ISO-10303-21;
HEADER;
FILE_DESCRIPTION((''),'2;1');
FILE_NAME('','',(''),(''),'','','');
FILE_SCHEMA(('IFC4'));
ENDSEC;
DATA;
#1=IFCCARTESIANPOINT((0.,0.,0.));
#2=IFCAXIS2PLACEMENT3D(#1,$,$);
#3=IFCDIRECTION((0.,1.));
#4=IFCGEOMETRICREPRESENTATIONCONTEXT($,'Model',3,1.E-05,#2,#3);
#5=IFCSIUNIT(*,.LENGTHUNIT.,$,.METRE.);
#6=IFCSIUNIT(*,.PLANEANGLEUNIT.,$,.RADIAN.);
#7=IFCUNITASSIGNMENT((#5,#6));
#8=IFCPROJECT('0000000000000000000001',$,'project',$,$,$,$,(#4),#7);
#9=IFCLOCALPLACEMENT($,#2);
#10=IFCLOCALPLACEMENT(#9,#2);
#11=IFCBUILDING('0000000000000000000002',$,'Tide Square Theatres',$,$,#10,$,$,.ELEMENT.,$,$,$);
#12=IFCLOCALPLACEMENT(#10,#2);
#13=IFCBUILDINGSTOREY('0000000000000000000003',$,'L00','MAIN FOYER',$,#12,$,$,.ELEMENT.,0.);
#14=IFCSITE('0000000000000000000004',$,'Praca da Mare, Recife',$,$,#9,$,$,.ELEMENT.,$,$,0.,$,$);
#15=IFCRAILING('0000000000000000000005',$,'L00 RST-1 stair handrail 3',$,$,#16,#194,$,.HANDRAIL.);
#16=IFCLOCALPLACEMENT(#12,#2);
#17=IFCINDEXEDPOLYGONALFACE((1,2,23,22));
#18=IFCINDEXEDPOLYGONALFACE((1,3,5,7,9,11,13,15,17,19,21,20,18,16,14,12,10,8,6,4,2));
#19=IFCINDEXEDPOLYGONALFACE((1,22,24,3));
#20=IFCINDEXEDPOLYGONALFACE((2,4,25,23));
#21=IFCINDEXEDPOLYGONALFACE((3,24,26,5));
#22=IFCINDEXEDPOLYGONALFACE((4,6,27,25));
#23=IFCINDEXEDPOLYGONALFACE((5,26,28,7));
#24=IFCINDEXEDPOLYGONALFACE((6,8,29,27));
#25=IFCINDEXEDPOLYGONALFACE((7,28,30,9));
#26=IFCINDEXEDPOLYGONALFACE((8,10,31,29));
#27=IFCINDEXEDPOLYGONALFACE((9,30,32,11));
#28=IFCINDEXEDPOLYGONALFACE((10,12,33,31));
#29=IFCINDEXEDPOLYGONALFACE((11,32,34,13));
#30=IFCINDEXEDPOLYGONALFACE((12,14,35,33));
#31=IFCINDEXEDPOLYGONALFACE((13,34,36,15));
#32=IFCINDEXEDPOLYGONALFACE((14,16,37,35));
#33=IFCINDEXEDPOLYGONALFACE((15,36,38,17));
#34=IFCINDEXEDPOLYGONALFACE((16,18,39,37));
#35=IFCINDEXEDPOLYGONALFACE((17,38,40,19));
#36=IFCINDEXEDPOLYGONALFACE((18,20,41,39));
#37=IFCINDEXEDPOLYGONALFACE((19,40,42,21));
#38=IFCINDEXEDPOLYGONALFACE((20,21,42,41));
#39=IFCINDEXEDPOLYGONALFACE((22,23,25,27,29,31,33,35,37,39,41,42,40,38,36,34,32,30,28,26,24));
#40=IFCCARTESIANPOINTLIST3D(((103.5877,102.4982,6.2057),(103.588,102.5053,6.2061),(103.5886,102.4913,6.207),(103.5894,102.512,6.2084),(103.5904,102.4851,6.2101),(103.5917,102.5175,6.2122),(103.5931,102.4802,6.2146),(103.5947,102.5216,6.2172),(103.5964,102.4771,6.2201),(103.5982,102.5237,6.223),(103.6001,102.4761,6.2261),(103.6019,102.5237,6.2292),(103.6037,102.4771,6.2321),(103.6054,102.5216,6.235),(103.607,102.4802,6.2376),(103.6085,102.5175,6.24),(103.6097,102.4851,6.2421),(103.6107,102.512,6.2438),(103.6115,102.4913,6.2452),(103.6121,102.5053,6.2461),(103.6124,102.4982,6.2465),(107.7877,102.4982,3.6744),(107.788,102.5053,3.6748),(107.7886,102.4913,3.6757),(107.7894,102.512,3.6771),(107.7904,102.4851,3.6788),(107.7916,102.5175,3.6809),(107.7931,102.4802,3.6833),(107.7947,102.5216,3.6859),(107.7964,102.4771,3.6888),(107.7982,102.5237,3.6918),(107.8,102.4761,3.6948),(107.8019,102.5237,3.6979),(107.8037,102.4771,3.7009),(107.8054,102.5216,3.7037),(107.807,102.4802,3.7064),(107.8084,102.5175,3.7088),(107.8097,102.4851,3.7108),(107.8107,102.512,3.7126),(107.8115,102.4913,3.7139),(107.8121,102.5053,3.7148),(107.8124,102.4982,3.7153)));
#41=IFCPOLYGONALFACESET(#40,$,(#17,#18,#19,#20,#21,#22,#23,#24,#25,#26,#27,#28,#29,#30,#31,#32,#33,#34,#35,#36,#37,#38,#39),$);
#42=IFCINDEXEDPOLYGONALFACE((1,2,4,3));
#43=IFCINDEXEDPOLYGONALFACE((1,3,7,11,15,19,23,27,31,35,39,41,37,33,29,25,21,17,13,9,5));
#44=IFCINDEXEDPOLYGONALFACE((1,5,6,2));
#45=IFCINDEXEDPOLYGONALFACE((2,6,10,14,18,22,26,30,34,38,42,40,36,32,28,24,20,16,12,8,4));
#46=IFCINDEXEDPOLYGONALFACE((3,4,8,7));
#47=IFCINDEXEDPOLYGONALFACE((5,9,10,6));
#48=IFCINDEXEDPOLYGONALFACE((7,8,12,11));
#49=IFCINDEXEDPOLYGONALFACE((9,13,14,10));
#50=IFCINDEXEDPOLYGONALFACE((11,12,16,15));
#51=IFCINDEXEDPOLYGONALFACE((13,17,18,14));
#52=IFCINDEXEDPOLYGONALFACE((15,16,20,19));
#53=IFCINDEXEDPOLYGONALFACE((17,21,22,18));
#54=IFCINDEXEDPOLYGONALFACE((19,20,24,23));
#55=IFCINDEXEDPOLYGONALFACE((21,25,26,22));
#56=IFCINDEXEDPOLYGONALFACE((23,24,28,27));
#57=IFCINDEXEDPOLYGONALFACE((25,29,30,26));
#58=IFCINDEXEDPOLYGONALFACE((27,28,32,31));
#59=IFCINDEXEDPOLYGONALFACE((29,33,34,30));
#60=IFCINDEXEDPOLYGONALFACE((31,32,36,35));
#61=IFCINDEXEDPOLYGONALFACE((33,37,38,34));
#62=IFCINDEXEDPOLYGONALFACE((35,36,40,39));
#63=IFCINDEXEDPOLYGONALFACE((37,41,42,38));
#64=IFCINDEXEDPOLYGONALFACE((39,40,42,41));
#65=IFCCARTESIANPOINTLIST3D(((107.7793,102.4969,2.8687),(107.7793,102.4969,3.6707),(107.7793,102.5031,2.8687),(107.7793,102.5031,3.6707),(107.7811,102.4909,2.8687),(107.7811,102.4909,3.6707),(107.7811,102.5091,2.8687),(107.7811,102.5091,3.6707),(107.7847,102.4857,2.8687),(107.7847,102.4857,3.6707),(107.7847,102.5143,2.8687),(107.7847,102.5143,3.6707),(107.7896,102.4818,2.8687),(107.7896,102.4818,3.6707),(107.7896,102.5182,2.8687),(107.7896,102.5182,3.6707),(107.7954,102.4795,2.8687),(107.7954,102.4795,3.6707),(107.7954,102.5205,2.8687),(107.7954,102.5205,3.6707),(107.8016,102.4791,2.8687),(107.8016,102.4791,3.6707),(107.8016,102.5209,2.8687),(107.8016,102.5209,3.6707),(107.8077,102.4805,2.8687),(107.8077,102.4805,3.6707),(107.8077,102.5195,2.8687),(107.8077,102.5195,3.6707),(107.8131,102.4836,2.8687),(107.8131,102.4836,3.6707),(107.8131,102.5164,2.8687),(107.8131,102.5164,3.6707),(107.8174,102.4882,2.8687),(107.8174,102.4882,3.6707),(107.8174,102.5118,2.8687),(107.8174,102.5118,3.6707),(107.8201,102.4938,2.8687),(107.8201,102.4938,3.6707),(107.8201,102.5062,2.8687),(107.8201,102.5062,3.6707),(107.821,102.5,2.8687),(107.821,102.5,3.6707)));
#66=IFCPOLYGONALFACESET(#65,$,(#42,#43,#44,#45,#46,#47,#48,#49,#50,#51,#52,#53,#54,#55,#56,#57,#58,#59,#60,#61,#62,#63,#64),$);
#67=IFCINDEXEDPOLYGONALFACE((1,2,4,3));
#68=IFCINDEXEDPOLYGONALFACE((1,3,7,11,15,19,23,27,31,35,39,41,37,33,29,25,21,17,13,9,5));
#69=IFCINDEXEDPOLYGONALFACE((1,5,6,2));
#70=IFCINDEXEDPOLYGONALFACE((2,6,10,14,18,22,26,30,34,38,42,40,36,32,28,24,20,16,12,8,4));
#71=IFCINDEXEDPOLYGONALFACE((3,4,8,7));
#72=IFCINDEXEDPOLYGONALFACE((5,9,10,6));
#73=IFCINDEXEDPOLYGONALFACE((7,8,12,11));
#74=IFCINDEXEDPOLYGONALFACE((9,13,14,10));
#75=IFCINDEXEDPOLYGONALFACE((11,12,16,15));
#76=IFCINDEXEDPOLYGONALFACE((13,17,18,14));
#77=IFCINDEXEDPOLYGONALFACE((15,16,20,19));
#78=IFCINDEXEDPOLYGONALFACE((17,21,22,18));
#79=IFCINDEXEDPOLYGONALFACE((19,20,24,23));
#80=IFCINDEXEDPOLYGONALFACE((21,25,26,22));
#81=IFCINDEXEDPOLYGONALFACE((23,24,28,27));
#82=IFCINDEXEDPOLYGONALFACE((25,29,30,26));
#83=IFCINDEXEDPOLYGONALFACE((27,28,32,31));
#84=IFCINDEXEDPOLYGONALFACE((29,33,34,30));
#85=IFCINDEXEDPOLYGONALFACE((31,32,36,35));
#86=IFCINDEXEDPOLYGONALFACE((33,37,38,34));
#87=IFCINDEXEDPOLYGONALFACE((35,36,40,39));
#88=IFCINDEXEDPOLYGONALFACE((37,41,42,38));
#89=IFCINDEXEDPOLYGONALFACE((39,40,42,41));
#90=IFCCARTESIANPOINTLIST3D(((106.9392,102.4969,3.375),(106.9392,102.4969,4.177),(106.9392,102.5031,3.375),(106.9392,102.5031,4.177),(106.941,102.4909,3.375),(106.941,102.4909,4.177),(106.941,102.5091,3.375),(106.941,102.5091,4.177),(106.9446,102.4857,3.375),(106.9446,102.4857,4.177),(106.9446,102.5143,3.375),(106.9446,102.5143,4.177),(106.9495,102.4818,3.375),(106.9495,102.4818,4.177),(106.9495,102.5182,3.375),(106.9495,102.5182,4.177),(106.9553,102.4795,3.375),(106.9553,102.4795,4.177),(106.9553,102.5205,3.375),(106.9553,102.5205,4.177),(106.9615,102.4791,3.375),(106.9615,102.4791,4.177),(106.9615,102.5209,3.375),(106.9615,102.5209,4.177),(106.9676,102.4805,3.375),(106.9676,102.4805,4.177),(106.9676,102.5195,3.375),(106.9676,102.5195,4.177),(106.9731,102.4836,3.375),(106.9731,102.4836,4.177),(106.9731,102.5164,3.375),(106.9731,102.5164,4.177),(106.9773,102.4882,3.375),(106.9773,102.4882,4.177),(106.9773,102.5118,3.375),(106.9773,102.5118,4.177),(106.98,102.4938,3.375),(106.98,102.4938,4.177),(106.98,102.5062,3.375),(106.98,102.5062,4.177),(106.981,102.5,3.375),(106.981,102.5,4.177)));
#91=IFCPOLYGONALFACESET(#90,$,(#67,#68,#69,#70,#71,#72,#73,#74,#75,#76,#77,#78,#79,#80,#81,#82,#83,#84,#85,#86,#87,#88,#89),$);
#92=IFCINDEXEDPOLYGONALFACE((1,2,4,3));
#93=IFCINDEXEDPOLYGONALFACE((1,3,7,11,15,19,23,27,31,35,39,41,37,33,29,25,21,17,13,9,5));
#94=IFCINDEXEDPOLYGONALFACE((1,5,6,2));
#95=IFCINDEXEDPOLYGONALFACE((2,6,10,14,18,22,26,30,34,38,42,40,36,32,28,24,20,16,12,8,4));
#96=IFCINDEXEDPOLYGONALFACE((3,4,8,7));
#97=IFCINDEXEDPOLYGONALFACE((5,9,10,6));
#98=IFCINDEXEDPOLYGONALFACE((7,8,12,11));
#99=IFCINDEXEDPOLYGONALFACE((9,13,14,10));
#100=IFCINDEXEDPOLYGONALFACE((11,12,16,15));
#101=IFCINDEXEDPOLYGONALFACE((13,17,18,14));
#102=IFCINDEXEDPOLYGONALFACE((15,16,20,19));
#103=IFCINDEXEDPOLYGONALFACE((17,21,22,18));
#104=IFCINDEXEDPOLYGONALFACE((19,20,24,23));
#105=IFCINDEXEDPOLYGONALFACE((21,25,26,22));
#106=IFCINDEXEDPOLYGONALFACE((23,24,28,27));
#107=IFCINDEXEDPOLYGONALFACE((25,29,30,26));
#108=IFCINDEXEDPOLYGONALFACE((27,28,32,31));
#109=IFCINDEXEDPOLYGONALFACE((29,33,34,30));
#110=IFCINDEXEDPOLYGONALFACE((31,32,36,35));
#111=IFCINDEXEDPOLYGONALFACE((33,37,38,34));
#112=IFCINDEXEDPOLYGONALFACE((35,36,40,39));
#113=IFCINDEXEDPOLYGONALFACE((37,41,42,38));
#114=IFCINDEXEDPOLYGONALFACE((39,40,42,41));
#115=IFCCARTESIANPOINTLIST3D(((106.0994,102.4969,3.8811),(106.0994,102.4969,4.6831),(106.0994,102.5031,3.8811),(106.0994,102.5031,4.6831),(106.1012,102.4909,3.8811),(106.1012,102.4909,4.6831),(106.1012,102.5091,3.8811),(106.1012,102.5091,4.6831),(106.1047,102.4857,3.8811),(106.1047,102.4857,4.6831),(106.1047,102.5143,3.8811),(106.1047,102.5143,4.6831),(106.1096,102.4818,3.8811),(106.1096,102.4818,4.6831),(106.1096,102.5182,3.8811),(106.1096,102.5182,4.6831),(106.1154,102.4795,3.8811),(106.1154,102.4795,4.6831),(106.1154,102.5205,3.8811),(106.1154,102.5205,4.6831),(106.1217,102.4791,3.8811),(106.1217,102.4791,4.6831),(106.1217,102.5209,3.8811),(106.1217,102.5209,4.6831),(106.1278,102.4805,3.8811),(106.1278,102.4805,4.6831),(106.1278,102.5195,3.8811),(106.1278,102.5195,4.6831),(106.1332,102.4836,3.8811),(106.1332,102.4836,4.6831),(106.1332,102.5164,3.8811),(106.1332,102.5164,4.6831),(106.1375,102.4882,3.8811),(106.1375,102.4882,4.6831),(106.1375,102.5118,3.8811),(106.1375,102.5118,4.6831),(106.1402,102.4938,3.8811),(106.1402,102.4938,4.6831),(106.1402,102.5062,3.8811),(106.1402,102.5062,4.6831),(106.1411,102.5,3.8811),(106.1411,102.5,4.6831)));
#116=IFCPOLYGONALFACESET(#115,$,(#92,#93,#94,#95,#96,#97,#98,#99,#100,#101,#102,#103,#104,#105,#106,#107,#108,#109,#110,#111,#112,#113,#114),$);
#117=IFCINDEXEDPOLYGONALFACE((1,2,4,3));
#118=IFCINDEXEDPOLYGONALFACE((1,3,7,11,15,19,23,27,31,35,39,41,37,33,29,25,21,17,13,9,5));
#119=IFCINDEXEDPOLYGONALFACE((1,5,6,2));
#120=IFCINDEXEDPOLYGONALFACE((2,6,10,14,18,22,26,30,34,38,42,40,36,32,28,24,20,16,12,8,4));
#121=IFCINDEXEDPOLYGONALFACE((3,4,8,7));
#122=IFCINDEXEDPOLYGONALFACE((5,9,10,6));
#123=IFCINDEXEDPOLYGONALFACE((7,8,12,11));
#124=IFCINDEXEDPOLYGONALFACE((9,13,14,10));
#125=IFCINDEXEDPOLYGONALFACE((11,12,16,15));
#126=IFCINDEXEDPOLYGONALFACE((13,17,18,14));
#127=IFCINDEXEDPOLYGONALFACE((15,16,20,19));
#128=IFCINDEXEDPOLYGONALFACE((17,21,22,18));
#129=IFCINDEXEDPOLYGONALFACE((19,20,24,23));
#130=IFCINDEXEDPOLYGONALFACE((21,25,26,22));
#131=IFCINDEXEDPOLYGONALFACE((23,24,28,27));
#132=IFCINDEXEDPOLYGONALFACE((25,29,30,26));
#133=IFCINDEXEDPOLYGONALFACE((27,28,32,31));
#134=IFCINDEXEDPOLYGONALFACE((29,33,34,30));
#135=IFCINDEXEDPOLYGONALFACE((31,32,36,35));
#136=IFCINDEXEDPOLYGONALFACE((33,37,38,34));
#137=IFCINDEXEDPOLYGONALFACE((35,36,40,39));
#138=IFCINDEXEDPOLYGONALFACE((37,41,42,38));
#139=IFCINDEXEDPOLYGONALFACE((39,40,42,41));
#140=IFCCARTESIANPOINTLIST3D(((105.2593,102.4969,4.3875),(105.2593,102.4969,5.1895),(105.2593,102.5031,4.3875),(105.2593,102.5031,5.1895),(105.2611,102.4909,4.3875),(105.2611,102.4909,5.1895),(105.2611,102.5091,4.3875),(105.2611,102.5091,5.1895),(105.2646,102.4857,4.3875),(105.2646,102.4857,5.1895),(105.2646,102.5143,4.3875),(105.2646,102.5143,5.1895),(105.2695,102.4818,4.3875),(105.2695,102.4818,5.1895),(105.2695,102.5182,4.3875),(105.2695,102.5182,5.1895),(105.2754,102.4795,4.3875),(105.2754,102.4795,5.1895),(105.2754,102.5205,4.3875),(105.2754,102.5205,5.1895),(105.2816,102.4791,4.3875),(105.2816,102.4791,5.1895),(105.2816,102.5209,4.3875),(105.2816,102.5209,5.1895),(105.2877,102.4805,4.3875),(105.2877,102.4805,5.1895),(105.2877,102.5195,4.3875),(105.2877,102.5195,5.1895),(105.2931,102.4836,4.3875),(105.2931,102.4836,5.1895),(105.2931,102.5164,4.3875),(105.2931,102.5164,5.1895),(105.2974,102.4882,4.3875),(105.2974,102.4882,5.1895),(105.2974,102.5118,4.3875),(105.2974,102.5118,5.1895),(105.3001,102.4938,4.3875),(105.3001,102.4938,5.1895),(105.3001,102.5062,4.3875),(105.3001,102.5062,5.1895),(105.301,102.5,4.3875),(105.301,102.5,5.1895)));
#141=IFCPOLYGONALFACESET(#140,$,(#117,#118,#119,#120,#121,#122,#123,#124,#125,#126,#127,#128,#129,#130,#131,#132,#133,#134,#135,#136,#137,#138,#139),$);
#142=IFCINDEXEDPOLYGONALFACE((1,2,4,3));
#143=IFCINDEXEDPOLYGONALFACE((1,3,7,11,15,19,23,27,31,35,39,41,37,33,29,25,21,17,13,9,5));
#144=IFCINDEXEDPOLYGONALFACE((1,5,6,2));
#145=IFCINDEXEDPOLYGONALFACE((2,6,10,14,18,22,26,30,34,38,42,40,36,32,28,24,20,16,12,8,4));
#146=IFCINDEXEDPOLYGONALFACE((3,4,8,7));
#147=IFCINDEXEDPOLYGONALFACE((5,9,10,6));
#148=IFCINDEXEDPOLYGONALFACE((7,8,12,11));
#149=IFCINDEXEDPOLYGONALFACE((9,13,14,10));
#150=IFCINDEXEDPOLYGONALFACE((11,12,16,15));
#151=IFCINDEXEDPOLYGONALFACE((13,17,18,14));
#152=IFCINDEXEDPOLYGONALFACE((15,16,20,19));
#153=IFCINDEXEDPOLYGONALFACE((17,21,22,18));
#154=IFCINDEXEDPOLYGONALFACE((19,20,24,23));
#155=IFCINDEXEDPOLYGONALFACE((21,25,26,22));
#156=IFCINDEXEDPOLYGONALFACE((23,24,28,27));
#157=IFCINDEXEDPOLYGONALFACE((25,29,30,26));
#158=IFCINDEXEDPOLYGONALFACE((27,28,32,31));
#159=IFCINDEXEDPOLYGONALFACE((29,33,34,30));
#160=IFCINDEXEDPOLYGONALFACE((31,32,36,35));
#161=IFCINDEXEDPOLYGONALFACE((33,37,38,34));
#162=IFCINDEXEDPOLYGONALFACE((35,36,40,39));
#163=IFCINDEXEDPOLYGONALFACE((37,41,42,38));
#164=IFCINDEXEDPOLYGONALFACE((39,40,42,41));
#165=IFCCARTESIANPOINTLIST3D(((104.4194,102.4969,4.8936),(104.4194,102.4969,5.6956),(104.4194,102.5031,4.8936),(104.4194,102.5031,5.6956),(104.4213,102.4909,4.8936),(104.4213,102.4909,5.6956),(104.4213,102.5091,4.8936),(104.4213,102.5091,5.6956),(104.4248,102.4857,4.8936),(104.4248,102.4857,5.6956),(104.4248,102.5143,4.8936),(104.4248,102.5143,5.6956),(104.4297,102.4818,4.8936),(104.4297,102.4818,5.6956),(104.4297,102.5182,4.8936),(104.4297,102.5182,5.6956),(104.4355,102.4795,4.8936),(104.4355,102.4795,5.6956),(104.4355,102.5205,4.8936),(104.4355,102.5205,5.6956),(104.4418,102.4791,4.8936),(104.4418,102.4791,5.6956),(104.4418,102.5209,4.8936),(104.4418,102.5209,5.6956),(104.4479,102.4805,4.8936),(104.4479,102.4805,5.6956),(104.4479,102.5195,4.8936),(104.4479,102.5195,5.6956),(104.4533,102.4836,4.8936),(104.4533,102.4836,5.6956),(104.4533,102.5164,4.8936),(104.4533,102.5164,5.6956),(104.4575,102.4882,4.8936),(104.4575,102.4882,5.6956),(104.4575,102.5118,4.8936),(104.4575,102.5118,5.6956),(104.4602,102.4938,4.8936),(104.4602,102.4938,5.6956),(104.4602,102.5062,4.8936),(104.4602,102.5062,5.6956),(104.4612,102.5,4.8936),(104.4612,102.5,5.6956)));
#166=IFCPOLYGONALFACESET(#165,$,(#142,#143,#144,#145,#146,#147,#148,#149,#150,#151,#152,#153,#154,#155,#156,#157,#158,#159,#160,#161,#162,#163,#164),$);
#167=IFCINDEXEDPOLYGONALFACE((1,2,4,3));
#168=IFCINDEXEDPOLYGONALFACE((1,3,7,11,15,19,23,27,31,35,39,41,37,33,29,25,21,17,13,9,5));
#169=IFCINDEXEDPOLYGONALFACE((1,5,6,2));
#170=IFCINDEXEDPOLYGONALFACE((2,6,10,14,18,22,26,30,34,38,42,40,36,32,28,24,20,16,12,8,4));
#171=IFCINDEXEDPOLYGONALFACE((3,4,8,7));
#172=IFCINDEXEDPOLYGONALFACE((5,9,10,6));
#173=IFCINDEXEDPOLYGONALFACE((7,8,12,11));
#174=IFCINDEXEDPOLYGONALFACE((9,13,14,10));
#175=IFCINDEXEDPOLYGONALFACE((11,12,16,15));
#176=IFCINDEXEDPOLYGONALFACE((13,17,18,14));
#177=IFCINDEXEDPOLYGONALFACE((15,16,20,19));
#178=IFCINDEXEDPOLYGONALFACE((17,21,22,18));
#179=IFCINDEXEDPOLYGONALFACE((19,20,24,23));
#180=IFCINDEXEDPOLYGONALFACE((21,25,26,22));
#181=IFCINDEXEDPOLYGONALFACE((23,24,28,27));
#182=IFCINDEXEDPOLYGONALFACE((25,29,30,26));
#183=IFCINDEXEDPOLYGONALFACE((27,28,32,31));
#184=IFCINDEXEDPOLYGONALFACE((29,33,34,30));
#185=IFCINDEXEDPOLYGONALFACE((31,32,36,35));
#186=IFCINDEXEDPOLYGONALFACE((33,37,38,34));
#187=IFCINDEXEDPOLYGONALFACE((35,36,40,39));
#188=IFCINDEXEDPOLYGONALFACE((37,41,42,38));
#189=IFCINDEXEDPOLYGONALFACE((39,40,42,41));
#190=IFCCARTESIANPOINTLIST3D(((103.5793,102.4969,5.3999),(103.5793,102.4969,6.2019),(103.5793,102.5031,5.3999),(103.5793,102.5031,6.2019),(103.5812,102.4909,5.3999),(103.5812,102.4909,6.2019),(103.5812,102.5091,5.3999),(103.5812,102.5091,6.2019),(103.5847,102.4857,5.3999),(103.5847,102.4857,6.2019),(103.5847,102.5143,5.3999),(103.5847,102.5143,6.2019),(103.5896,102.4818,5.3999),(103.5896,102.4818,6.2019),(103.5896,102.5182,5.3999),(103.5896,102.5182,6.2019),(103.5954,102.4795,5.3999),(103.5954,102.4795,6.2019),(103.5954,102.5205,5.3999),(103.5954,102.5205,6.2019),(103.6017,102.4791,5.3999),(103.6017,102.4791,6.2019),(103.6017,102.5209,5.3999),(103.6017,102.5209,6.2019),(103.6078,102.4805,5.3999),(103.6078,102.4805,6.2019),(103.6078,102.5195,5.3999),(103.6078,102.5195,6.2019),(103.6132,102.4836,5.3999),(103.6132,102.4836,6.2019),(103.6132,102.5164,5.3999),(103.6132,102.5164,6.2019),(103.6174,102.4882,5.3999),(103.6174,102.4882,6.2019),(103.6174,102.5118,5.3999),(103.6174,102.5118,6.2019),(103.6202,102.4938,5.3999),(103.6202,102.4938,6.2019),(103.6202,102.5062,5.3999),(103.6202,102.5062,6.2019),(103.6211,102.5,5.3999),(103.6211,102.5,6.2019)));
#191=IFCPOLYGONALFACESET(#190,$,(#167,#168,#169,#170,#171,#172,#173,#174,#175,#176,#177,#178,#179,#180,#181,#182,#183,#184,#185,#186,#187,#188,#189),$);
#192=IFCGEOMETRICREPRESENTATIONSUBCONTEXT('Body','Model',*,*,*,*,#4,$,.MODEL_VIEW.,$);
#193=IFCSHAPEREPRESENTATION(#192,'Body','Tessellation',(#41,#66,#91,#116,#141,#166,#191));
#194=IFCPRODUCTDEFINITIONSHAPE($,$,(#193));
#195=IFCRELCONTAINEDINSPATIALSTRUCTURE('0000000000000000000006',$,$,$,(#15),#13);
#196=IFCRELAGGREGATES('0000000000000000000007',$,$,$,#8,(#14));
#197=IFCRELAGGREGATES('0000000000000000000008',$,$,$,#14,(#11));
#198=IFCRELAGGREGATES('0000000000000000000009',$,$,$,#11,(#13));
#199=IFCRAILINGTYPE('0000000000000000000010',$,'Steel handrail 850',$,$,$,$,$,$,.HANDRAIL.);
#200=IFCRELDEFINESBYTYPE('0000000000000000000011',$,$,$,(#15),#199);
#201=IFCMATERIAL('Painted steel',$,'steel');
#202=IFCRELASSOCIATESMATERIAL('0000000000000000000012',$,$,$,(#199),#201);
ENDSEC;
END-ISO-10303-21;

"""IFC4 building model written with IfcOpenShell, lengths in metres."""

from ifc_helpers import new_model, si_unit, direction, frame, origin, origin_2d, place, context, subcontext, project, spatial, circle, extrude, material, type_object, element, save


model = new_model("IFC4")

# Units and contexts
model_context = context("Model", 3, precision=1e-05, world=origin(), true_north=direction((0.0, 1.0)))
body_context = subcontext(model_context, "Body", "Model", "MODEL_VIEW")
ifc_project = project(units=[si_unit("LENGTHUNIT", "METRE"), si_unit("PLANEANGLEUNIT", "RADIAN")], contexts=[model_context])

# Site, building, storey
site_placement = place(None, origin())
site = spatial("IfcSite", under=ifc_project, at=site_placement, Name="Praca da Mare, Recife", CompositionType="ELEMENT", RefElevation=0.0)
building_placement = place(site_placement, origin())
building = spatial("IfcBuilding", under=site, at=building_placement, Name="Tide Square Theatres", CompositionType="ELEMENT")
storey_placement = place(building_placement, origin())
storey = spatial("IfcBuildingStorey", under=building, at=storey_placement, Name="L00", Description="MAIN FOYER", CompositionType="ELEMENT", Elevation=0.0)

# Railing
ifc_material_1 = material(Name="Painted steel", Category="steel")
railing_type_1 = type_object("IfcRailingType", Name="Steel handrail 850", PredefinedType="HANDRAIL", material=ifc_material_1)
for number, where, name in (
    (1, (107.8, 102.5, 2.8687), "L00 RST-1 stair handrail 3"),
):
    element("IfcRailing", number, at=place(storey_placement, frame(where)), inside=storey, type_object=railing_type_1, Name=name, PredefinedType="HANDRAIL", context=body_context, shape_type="SweptSolid", body=[
        extrude(circle(Radius=0.0239, at=origin_2d()), frame((0.0, 0.0, 0.8262), z_axis=(-0.856476, 0.0, 0.516186), x_axis=(0.0, -1.0, 0.0)), (0.0, 0.0, 1.0), 4.9038),
        extrude(circle(Radius=0.021, at=origin_2d()), origin(), (0.0, 0.0, 1.0), 0.802),
        extrude(circle(Radius=0.021, at=origin_2d()), frame((-0.8401, 0.0, 0.5063)), (0.0, 0.0, 1.0), 0.802),
        extrude(circle(Radius=0.021, at=origin_2d()), frame((-1.6799, 0.0, 1.0125)), (0.0, 0.0, 1.0), 0.802),
        extrude(circle(Radius=0.021, at=origin_2d()), frame((-2.52, 0.0, 1.5188)), (0.0, 0.0, 1.0), 0.802),
        extrude(circle(Radius=0.021, at=origin_2d()), frame((-3.3599, 0.0, 2.0249)), (0.0, 0.0, 1.0), 0.802),
        extrude(circle(Radius=0.021, at=origin_2d()), frame((-4.2, 0.0, 2.5312)), (0.0, 0.0, 1.0), 0.802),
    ])

save(model, "model.ifc")
